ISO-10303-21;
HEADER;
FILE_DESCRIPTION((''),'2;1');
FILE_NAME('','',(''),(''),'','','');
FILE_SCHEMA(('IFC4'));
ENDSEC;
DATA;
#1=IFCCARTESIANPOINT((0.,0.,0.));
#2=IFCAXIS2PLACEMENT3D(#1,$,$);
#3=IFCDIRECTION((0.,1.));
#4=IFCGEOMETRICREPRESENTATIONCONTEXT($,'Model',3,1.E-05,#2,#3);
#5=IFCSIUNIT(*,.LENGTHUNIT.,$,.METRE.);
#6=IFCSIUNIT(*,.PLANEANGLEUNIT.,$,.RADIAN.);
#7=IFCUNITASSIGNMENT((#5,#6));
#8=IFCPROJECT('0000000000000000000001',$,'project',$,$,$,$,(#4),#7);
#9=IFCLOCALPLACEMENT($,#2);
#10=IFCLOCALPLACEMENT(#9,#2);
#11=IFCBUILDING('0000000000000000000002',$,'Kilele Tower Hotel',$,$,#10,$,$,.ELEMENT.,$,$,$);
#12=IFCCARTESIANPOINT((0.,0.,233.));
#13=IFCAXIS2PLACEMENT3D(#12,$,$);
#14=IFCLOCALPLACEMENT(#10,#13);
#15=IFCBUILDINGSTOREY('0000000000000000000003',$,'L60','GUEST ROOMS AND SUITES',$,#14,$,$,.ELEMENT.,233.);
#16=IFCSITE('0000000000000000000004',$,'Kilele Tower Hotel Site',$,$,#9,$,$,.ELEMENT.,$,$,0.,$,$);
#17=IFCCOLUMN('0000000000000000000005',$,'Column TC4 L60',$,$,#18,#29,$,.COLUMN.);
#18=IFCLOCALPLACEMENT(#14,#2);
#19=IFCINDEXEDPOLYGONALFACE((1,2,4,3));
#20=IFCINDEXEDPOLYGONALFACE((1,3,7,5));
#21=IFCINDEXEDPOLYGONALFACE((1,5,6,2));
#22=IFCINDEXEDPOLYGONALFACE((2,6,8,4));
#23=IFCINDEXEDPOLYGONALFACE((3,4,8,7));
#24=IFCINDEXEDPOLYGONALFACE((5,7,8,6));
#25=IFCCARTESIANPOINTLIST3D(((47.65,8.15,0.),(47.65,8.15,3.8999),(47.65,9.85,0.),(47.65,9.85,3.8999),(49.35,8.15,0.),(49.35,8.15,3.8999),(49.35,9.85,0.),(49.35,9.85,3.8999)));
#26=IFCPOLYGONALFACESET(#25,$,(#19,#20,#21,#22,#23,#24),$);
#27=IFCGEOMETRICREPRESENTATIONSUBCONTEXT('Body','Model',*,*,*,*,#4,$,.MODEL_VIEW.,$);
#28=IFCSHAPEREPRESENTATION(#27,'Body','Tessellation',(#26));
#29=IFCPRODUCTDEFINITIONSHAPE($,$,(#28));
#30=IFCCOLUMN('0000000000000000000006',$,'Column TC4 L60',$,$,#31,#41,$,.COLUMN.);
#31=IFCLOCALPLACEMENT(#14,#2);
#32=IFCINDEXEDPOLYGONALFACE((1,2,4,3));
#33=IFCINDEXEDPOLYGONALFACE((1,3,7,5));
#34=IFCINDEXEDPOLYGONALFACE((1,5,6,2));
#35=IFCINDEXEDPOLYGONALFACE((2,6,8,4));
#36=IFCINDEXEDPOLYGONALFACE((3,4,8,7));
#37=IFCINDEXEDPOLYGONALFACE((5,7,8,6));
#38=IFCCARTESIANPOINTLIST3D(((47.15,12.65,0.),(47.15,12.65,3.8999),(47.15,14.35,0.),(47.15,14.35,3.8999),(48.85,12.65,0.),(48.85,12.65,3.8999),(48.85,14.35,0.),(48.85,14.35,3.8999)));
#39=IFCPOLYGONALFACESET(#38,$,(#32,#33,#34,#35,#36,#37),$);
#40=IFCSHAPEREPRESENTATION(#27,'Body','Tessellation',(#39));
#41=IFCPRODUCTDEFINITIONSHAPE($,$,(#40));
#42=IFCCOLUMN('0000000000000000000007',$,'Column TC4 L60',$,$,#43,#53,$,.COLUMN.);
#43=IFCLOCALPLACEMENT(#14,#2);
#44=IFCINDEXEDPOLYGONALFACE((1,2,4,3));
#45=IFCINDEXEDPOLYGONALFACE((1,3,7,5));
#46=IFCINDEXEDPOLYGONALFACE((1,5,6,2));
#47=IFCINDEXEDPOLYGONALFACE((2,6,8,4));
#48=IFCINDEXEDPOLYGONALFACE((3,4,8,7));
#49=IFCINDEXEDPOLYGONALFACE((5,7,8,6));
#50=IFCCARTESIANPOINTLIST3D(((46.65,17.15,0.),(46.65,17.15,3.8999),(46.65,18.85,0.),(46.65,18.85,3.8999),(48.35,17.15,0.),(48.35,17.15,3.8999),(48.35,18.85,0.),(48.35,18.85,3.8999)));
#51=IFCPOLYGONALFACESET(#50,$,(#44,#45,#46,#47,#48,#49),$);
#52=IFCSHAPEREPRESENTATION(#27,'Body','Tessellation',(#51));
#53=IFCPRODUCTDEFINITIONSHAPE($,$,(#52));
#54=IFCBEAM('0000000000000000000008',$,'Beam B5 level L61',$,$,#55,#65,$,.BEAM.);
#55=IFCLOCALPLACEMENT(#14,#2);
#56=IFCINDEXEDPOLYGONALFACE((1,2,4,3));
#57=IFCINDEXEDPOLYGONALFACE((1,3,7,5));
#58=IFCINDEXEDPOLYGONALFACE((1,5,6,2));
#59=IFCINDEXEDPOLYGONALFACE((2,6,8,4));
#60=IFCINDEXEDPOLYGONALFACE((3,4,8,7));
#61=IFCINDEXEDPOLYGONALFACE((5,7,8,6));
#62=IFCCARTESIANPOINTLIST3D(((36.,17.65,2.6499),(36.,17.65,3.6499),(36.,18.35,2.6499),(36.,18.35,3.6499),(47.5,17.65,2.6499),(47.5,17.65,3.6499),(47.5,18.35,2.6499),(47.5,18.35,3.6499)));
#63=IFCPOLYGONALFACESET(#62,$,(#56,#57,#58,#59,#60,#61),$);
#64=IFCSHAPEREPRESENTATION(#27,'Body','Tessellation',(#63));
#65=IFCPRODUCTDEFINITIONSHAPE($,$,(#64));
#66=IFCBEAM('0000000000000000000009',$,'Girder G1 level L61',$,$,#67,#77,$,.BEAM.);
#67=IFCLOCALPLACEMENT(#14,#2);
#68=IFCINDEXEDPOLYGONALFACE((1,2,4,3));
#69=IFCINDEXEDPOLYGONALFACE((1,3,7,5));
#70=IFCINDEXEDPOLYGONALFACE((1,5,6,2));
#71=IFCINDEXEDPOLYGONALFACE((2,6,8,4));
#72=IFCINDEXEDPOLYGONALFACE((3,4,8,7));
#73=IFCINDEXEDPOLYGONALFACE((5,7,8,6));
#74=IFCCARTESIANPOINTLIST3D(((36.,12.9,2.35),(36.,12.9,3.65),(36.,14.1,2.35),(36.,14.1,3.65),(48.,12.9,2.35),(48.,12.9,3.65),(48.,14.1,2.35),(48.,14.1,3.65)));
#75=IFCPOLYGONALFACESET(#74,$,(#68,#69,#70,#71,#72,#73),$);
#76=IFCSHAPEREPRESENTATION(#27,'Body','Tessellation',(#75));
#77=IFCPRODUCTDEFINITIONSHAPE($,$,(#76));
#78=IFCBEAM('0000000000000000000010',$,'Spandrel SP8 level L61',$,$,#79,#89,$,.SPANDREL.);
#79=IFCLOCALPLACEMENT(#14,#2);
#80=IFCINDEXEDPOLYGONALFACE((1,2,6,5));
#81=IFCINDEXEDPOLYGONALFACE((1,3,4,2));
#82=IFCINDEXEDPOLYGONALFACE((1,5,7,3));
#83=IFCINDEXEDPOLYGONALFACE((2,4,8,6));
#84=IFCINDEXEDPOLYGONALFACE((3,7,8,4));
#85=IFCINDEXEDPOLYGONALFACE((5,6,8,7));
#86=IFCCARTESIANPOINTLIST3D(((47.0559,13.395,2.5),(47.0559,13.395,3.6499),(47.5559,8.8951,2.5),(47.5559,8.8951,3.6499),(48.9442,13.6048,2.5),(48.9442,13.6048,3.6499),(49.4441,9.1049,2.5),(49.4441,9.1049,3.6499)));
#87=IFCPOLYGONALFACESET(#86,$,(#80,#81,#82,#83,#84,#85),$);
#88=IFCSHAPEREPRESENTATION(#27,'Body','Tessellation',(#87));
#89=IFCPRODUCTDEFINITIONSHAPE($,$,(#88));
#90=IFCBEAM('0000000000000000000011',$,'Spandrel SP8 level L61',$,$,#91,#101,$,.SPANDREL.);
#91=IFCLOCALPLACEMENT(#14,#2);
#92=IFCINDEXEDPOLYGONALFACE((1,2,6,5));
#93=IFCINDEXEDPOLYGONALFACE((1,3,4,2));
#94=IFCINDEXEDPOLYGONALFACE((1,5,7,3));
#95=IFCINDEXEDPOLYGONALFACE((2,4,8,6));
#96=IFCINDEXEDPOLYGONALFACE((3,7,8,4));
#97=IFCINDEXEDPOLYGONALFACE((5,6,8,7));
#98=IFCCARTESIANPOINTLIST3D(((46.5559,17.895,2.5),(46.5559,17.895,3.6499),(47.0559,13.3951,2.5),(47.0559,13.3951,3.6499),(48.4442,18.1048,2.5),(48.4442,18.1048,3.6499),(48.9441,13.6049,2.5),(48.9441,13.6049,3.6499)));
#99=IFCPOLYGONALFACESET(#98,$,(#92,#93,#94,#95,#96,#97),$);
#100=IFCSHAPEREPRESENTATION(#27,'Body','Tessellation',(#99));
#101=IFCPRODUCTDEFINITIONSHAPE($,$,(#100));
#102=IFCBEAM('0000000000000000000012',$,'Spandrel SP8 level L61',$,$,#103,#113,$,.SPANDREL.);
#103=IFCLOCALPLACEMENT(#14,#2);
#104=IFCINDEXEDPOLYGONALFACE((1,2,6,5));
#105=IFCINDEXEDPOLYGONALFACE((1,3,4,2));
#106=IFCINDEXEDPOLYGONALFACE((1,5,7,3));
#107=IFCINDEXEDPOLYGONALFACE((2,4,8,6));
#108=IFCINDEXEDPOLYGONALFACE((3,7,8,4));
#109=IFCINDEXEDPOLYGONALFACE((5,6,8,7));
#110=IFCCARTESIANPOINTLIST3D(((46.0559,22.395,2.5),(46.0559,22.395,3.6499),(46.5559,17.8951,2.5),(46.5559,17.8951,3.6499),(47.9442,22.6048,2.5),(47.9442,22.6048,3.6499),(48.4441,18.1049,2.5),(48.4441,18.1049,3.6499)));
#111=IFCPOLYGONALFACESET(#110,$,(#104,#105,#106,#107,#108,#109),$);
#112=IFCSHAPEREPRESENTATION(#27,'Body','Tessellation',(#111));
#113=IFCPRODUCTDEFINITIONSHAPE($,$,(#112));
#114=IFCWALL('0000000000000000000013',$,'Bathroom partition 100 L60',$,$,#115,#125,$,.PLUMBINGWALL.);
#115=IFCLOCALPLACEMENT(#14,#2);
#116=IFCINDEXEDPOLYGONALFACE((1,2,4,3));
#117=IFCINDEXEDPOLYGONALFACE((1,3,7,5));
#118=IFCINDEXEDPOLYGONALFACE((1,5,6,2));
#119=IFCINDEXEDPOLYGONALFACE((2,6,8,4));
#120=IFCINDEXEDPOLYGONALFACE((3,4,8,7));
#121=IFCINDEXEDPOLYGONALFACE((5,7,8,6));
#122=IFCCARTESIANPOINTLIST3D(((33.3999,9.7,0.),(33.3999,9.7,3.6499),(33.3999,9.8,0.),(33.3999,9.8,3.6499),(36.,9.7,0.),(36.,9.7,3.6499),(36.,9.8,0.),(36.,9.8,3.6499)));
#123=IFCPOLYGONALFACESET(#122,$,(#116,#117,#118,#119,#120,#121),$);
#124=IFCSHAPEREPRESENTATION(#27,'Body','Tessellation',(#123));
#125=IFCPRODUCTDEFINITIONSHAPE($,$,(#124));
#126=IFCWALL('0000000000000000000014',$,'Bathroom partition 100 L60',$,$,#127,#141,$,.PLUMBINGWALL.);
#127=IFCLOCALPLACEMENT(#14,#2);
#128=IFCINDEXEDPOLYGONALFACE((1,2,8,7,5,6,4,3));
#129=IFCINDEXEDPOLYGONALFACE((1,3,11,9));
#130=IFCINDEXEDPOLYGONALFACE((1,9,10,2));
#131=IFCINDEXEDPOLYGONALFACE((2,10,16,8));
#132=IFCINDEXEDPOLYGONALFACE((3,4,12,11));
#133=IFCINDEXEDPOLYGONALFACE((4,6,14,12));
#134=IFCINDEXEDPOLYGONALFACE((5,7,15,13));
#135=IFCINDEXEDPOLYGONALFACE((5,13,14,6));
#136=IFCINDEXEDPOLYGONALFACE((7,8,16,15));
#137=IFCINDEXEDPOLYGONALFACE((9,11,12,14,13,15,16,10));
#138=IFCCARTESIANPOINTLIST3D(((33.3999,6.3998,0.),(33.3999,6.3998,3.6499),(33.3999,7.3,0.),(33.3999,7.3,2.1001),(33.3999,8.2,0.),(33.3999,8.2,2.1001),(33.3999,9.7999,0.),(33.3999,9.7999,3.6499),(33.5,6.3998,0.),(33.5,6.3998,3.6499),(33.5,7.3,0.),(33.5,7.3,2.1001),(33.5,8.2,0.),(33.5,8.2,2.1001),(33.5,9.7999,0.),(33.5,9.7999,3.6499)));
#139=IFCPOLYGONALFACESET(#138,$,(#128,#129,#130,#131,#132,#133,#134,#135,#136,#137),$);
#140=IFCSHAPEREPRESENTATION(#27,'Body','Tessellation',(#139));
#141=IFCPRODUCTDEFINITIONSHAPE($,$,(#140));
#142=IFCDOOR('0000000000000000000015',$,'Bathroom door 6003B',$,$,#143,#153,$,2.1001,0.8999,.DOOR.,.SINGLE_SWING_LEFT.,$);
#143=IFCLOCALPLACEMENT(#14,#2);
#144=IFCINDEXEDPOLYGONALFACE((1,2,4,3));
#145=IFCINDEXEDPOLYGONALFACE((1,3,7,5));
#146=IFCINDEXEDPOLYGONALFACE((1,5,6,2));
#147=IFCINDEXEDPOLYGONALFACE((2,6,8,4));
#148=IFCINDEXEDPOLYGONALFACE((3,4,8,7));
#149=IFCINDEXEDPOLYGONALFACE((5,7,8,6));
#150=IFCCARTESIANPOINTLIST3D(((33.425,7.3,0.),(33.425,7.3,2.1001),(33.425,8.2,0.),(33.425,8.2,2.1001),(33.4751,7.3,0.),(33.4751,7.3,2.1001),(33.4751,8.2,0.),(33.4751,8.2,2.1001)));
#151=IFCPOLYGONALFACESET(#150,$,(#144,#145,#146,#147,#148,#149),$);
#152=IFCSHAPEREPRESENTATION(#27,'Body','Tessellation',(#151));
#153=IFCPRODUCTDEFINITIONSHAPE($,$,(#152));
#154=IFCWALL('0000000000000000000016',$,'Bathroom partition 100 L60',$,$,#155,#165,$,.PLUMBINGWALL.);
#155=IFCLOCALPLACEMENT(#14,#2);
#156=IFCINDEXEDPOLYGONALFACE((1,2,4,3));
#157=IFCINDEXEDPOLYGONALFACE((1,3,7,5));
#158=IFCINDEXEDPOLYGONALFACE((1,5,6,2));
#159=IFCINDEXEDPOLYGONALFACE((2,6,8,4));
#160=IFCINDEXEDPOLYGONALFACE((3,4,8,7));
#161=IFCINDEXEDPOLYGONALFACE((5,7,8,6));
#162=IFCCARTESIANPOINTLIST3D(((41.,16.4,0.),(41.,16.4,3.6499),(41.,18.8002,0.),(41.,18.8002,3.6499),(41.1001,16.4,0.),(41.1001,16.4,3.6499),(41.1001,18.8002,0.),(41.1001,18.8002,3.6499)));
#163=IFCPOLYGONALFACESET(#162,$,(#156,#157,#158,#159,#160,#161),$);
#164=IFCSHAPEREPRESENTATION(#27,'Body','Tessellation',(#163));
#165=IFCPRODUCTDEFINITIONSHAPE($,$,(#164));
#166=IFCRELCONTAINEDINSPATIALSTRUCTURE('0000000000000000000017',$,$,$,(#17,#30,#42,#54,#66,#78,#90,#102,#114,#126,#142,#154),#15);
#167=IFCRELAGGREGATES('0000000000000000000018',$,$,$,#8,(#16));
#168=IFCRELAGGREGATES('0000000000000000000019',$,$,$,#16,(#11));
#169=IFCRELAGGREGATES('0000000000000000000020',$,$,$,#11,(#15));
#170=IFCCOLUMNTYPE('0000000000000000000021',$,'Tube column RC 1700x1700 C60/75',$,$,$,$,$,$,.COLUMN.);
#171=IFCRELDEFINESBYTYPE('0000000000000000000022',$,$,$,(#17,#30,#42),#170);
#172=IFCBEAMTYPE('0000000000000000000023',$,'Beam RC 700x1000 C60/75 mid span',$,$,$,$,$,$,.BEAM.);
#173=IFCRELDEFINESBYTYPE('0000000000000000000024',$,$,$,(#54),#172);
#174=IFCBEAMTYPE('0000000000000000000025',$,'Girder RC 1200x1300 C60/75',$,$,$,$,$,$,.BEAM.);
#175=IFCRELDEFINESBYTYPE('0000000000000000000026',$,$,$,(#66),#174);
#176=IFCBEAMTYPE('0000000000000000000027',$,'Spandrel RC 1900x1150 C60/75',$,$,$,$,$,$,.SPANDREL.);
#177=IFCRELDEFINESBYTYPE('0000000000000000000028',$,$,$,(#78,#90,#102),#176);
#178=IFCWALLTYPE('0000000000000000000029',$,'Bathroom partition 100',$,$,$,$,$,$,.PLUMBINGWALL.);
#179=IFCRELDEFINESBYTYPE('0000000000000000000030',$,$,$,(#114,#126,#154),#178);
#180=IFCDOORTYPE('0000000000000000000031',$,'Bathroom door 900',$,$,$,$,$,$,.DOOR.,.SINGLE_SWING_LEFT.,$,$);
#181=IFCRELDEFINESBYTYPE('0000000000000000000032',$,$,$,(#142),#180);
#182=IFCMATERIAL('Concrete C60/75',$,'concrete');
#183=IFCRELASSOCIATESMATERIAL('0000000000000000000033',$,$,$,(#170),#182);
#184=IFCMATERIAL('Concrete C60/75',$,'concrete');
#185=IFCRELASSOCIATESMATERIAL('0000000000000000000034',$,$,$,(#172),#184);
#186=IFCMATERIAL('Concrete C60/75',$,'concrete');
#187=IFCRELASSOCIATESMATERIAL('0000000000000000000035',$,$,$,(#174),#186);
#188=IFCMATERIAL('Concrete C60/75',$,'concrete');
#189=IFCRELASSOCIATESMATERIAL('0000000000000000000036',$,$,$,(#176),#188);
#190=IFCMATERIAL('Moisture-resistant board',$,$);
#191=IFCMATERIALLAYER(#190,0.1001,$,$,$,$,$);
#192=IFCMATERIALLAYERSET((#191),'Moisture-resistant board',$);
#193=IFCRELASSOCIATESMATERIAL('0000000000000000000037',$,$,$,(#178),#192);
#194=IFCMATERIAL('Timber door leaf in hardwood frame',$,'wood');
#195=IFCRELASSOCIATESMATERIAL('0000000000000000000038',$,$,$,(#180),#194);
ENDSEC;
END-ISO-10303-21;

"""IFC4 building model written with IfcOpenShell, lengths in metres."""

from ifc_helpers import new_model, si_unit, direction, frame, frame_2d, origin, origin_2d, place, context, subcontext, project, spatial, rectangle, extrude, material, layer, layer_set, material_profile, profile_set, type_object, element, fill, save


model = new_model("IFC4")

# Units and contexts
model_context = context("Model", 3, precision=1e-05, world=origin(), true_north=direction((0.0, 1.0)))
body_context = subcontext(model_context, "Body", "Model", "MODEL_VIEW")
ifc_project = project(units=[si_unit("LENGTHUNIT", "METRE"), si_unit("PLANEANGLEUNIT", "RADIAN")], contexts=[model_context])

# Site, building, storey
site_placement = place(None, origin())
site = spatial("IfcSite", under=ifc_project, at=site_placement, Name="Kilele Tower Hotel Site", CompositionType="ELEMENT", RefElevation=0.0)
building_placement = place(site_placement, origin())
building = spatial("IfcBuilding", under=site, at=building_placement, Name="Kilele Tower Hotel", CompositionType="ELEMENT")
storey_placement = place(building_placement, frame((0.0, 0.0, 233.0)))
storey = spatial("IfcBuildingStorey", under=building, at=storey_placement, Name="L60", Description="GUEST ROOMS AND SUITES", CompositionType="ELEMENT", Elevation=233.0)

# Columns
ifc_material_1 = material(Name="Concrete C60/75", Category="concrete")
ifc_material_profile_1 = material_profile(ifc_material_1, rectangle(XDim=1.7, YDim=1.7, at=origin_2d()))
ifc_profile_set_1 = profile_set([ifc_material_profile_1], Name="Concrete C60/75")
column_type = type_object("IfcColumnType", Name="Tube column RC 1700x1700 C60/75", PredefinedType="COLUMN", material=ifc_profile_set_1)
for number, where, z_axis, x_axis, name in (
    (1, (48.5, 9.0, 0.0), (0.0, 0.0, 1.0), (1.0, 0.0, 0.0), "Column TC4 L60"),
    (2, (48.0, 13.5, 0.0), (0.0, 0.0, 1.0), (1.0, 0.0, 0.0), "Column TC4 L60"),
    (3, (47.5, 18.0, 0.0), (0.0, 0.0, 1.0), (1.0, 0.0, 0.0), "Column TC4 L60"),
):
    element("IfcColumn", number, at=place(storey_placement, frame(where, z_axis=z_axis, x_axis=x_axis)), inside=storey, type_object=column_type, Name=name, PredefinedType="COLUMN", context=body_context, shape_type="SweptSolid", body=[
        extrude(rectangle(XDim=1.7, YDim=1.7, at=origin_2d()), origin(), (0.0, 0.0, 1.0), 3.8999),
    ])

# Beams
ifc_material_2 = material(Name="Concrete C60/75", Category="concrete")
ifc_material_profile_2 = material_profile(ifc_material_2, rectangle(XDim=0.7, YDim=1.0, at=origin_2d()))
ifc_profile_set_2 = profile_set([ifc_material_profile_2], Name="Concrete C60/75")
beam_type_1 = type_object("IfcBeamType", Name="Beam RC 700x1000 C60/75 mid span", PredefinedType="BEAM", material=ifc_profile_set_2)
beam_1_placement = place(storey_placement, frame((47.5, 18.0, 3.1499), z_axis=(-1.0, 0.0, 0.0), x_axis=(0.0, -1.0, 0.0)))
element("IfcBeam", 4, at=beam_1_placement, inside=storey, type_object=beam_type_1, Name="Beam B5 level L61", PredefinedType="BEAM", context=body_context, shape_type="SweptSolid", body=[
    extrude(rectangle(XDim=0.7, YDim=1.0, at=origin_2d()), origin(), (0.0, 0.0, 1.0), 11.5),
])
ifc_material_3 = material(Name="Concrete C60/75", Category="concrete")
ifc_material_profile_3 = material_profile(ifc_material_3, rectangle(XDim=1.2, YDim=1.3, at=origin_2d()))
ifc_profile_set_3 = profile_set([ifc_material_profile_3], Name="Concrete C60/75")
beam_type_2 = type_object("IfcBeamType", Name="Girder RC 1200x1300 C60/75", PredefinedType="BEAM", material=ifc_profile_set_3)
beam_2_placement = place(storey_placement, frame((48.0, 13.5, 3.0), z_axis=(-1.0, 0.0, 0.0), x_axis=(0.0, -1.0, 0.0)))
element("IfcBeam", 5, at=beam_2_placement, inside=storey, type_object=beam_type_2, Name="Girder G1 level L61", PredefinedType="BEAM", context=body_context, shape_type="SweptSolid", body=[
    extrude(rectangle(XDim=1.2, YDim=1.3, at=origin_2d()), origin(), (0.0, 0.0, 1.0), 12.0),
])
ifc_material_4 = material(Name="Concrete C60/75", Category="concrete")
ifc_material_profile_4 = material_profile(ifc_material_4, rectangle(XDim=1.8999, YDim=1.1499, at=origin_2d()))
ifc_profile_set_4 = profile_set([ifc_material_profile_4], Name="Concrete C60/75")
beam_type_3 = type_object("IfcBeamType", Name="Spandrel RC 1900x1150 C60/75", PredefinedType="SPANDREL", material=ifc_profile_set_4)
for number, where, z_axis, x_axis, name in (
    (6, (48.5, 9.0, 3.075), (-0.110432, 0.993884, 0.0), (-0.993884, -0.110432, 0.0), "Spandrel SP8 level L61"),
    (7, (48.0, 13.5, 3.075), (-0.110432, 0.993884, 0.0), (-0.993884, -0.110432, 0.0), "Spandrel SP8 level L61"),
    (8, (47.5, 18.0, 3.075), (-0.110432, 0.993884, 0.0), (-0.993884, -0.110432, 0.0), "Spandrel SP8 level L61"),
):
    element("IfcBeam", number, at=place(storey_placement, frame(where, z_axis=z_axis, x_axis=x_axis)), inside=storey, type_object=beam_type_3, Name=name, PredefinedType="SPANDREL", context=body_context, shape_type="SweptSolid", body=[
        extrude(rectangle(XDim=1.8999, YDim=1.1499, at=origin_2d()), origin(), (0.0, 0.0, 1.0), 4.5276),
    ])

# Wall
ifc_material_5 = material(Name="Moisture-resistant board")
ifc_layer_1 = layer(ifc_material_5, 0.1001)
ifc_layer_set_1 = layer_set([ifc_layer_1], Name="Moisture-resistant board")
wall_type_1 = type_object("IfcWallType", Name="Bathroom partition 100", PredefinedType="PLUMBINGWALL", material=ifc_layer_set_1)
wall_1_placement = place(storey_placement, frame((33.3999, 9.75, 0.0), z_axis=(0.0, 0.0, 1.0), x_axis=(1.0, 0.0, 0.0)))
element("IfcWall", 9, at=wall_1_placement, inside=storey, type_object=wall_type_1, Name="Bathroom partition 100 L60", PredefinedType="PLUMBINGWALL", context=body_context, shape_type="SweptSolid", body=[
    extrude(rectangle(XDim=2.6001, YDim=0.1001, at=frame_2d((1.3, 0.0))), origin(), (0.0, 0.0, 1.0), 3.6499),
])

# Wall, opening, door
wall_2_placement = place(storey_placement, frame((33.45, 9.8, 0.0), z_axis=(0.0, 0.0, 1.0), x_axis=(0.0, -1.0, 0.0)))
wall_2 = element("IfcWall", 10, at=wall_2_placement, inside=storey, type_object=wall_type_1, Name="Bathroom partition 100 L60", PredefinedType="PLUMBINGWALL", context=body_context, shape_type="SweptSolid", body=[
    extrude(rectangle(XDim=3.4001, YDim=0.1001, at=frame_2d((1.7002, 0.0))), origin(), (0.0, 0.0, 1.0), 3.6499),
])
opening_1_placement = place(wall_2_placement, frame((2.5, 0.0, 0.0), z_axis=(0.0, 0.0, 1.0), x_axis=(-1.0, 0.0, 0.0)))
opening_1 = element("IfcOpeningElement", 11, at=opening_1_placement, cuts=wall_2, PredefinedType="OPENING", context=body_context, shape_type="SweptSolid", body=[
    extrude(rectangle(XDim=0.8999, YDim=2.1001, at=frame_2d((0.45, 1.05))), frame((0.0, 0.0601, 0.0), z_axis=(0.0, -1.0, 0.0), x_axis=(1.0, 0.0, 0.0)), (0.0, 0.0, 1.0), 0.1201),
])
ifc_material_6 = material(Name="Timber door leaf in hardwood frame", Category="wood")
door_type_1 = type_object("IfcDoorType", Name="Bathroom door 900", OperationType="SINGLE_SWING_LEFT", PredefinedType="DOOR", material=ifc_material_6)
door_1_placement = place(opening_1_placement, origin())
door_1 = element("IfcDoor", 12, at=door_1_placement, inside=storey, type_object=door_type_1, Name="Bathroom door 6003B", OperationType="SINGLE_SWING_LEFT", OverallHeight=2.1001, OverallWidth=0.8999, PredefinedType="DOOR", context=body_context, shape_type="SweptSolid", body=[
    extrude(rectangle(XDim=0.8999, YDim=2.1001, at=frame_2d((0.45, 1.05))), frame((0.0, 0.0249, 0.0), z_axis=(0.0, -1.0, 0.0), x_axis=(1.0, 0.0, 0.0)), (0.0, 0.0, 1.0), 0.05),
])
fill(opening_1, door_1)

# Wall
wall_3_placement = place(storey_placement, frame((41.05, 16.3999, 0.0), z_axis=(0.0, 0.0, 1.0), x_axis=(0.0, 1.0, 0.0)))
element("IfcWall", 13, at=wall_3_placement, inside=storey, type_object=wall_type_1, Name="Bathroom partition 100 L60", PredefinedType="PLUMBINGWALL", context=body_context, shape_type="SweptSolid", body=[
    extrude(rectangle(XDim=2.4001, YDim=0.1001, at=frame_2d((1.2002, 0.0))), origin(), (0.0, 0.0, 1.0), 3.6499),
])

save(model, "model.ifc")
